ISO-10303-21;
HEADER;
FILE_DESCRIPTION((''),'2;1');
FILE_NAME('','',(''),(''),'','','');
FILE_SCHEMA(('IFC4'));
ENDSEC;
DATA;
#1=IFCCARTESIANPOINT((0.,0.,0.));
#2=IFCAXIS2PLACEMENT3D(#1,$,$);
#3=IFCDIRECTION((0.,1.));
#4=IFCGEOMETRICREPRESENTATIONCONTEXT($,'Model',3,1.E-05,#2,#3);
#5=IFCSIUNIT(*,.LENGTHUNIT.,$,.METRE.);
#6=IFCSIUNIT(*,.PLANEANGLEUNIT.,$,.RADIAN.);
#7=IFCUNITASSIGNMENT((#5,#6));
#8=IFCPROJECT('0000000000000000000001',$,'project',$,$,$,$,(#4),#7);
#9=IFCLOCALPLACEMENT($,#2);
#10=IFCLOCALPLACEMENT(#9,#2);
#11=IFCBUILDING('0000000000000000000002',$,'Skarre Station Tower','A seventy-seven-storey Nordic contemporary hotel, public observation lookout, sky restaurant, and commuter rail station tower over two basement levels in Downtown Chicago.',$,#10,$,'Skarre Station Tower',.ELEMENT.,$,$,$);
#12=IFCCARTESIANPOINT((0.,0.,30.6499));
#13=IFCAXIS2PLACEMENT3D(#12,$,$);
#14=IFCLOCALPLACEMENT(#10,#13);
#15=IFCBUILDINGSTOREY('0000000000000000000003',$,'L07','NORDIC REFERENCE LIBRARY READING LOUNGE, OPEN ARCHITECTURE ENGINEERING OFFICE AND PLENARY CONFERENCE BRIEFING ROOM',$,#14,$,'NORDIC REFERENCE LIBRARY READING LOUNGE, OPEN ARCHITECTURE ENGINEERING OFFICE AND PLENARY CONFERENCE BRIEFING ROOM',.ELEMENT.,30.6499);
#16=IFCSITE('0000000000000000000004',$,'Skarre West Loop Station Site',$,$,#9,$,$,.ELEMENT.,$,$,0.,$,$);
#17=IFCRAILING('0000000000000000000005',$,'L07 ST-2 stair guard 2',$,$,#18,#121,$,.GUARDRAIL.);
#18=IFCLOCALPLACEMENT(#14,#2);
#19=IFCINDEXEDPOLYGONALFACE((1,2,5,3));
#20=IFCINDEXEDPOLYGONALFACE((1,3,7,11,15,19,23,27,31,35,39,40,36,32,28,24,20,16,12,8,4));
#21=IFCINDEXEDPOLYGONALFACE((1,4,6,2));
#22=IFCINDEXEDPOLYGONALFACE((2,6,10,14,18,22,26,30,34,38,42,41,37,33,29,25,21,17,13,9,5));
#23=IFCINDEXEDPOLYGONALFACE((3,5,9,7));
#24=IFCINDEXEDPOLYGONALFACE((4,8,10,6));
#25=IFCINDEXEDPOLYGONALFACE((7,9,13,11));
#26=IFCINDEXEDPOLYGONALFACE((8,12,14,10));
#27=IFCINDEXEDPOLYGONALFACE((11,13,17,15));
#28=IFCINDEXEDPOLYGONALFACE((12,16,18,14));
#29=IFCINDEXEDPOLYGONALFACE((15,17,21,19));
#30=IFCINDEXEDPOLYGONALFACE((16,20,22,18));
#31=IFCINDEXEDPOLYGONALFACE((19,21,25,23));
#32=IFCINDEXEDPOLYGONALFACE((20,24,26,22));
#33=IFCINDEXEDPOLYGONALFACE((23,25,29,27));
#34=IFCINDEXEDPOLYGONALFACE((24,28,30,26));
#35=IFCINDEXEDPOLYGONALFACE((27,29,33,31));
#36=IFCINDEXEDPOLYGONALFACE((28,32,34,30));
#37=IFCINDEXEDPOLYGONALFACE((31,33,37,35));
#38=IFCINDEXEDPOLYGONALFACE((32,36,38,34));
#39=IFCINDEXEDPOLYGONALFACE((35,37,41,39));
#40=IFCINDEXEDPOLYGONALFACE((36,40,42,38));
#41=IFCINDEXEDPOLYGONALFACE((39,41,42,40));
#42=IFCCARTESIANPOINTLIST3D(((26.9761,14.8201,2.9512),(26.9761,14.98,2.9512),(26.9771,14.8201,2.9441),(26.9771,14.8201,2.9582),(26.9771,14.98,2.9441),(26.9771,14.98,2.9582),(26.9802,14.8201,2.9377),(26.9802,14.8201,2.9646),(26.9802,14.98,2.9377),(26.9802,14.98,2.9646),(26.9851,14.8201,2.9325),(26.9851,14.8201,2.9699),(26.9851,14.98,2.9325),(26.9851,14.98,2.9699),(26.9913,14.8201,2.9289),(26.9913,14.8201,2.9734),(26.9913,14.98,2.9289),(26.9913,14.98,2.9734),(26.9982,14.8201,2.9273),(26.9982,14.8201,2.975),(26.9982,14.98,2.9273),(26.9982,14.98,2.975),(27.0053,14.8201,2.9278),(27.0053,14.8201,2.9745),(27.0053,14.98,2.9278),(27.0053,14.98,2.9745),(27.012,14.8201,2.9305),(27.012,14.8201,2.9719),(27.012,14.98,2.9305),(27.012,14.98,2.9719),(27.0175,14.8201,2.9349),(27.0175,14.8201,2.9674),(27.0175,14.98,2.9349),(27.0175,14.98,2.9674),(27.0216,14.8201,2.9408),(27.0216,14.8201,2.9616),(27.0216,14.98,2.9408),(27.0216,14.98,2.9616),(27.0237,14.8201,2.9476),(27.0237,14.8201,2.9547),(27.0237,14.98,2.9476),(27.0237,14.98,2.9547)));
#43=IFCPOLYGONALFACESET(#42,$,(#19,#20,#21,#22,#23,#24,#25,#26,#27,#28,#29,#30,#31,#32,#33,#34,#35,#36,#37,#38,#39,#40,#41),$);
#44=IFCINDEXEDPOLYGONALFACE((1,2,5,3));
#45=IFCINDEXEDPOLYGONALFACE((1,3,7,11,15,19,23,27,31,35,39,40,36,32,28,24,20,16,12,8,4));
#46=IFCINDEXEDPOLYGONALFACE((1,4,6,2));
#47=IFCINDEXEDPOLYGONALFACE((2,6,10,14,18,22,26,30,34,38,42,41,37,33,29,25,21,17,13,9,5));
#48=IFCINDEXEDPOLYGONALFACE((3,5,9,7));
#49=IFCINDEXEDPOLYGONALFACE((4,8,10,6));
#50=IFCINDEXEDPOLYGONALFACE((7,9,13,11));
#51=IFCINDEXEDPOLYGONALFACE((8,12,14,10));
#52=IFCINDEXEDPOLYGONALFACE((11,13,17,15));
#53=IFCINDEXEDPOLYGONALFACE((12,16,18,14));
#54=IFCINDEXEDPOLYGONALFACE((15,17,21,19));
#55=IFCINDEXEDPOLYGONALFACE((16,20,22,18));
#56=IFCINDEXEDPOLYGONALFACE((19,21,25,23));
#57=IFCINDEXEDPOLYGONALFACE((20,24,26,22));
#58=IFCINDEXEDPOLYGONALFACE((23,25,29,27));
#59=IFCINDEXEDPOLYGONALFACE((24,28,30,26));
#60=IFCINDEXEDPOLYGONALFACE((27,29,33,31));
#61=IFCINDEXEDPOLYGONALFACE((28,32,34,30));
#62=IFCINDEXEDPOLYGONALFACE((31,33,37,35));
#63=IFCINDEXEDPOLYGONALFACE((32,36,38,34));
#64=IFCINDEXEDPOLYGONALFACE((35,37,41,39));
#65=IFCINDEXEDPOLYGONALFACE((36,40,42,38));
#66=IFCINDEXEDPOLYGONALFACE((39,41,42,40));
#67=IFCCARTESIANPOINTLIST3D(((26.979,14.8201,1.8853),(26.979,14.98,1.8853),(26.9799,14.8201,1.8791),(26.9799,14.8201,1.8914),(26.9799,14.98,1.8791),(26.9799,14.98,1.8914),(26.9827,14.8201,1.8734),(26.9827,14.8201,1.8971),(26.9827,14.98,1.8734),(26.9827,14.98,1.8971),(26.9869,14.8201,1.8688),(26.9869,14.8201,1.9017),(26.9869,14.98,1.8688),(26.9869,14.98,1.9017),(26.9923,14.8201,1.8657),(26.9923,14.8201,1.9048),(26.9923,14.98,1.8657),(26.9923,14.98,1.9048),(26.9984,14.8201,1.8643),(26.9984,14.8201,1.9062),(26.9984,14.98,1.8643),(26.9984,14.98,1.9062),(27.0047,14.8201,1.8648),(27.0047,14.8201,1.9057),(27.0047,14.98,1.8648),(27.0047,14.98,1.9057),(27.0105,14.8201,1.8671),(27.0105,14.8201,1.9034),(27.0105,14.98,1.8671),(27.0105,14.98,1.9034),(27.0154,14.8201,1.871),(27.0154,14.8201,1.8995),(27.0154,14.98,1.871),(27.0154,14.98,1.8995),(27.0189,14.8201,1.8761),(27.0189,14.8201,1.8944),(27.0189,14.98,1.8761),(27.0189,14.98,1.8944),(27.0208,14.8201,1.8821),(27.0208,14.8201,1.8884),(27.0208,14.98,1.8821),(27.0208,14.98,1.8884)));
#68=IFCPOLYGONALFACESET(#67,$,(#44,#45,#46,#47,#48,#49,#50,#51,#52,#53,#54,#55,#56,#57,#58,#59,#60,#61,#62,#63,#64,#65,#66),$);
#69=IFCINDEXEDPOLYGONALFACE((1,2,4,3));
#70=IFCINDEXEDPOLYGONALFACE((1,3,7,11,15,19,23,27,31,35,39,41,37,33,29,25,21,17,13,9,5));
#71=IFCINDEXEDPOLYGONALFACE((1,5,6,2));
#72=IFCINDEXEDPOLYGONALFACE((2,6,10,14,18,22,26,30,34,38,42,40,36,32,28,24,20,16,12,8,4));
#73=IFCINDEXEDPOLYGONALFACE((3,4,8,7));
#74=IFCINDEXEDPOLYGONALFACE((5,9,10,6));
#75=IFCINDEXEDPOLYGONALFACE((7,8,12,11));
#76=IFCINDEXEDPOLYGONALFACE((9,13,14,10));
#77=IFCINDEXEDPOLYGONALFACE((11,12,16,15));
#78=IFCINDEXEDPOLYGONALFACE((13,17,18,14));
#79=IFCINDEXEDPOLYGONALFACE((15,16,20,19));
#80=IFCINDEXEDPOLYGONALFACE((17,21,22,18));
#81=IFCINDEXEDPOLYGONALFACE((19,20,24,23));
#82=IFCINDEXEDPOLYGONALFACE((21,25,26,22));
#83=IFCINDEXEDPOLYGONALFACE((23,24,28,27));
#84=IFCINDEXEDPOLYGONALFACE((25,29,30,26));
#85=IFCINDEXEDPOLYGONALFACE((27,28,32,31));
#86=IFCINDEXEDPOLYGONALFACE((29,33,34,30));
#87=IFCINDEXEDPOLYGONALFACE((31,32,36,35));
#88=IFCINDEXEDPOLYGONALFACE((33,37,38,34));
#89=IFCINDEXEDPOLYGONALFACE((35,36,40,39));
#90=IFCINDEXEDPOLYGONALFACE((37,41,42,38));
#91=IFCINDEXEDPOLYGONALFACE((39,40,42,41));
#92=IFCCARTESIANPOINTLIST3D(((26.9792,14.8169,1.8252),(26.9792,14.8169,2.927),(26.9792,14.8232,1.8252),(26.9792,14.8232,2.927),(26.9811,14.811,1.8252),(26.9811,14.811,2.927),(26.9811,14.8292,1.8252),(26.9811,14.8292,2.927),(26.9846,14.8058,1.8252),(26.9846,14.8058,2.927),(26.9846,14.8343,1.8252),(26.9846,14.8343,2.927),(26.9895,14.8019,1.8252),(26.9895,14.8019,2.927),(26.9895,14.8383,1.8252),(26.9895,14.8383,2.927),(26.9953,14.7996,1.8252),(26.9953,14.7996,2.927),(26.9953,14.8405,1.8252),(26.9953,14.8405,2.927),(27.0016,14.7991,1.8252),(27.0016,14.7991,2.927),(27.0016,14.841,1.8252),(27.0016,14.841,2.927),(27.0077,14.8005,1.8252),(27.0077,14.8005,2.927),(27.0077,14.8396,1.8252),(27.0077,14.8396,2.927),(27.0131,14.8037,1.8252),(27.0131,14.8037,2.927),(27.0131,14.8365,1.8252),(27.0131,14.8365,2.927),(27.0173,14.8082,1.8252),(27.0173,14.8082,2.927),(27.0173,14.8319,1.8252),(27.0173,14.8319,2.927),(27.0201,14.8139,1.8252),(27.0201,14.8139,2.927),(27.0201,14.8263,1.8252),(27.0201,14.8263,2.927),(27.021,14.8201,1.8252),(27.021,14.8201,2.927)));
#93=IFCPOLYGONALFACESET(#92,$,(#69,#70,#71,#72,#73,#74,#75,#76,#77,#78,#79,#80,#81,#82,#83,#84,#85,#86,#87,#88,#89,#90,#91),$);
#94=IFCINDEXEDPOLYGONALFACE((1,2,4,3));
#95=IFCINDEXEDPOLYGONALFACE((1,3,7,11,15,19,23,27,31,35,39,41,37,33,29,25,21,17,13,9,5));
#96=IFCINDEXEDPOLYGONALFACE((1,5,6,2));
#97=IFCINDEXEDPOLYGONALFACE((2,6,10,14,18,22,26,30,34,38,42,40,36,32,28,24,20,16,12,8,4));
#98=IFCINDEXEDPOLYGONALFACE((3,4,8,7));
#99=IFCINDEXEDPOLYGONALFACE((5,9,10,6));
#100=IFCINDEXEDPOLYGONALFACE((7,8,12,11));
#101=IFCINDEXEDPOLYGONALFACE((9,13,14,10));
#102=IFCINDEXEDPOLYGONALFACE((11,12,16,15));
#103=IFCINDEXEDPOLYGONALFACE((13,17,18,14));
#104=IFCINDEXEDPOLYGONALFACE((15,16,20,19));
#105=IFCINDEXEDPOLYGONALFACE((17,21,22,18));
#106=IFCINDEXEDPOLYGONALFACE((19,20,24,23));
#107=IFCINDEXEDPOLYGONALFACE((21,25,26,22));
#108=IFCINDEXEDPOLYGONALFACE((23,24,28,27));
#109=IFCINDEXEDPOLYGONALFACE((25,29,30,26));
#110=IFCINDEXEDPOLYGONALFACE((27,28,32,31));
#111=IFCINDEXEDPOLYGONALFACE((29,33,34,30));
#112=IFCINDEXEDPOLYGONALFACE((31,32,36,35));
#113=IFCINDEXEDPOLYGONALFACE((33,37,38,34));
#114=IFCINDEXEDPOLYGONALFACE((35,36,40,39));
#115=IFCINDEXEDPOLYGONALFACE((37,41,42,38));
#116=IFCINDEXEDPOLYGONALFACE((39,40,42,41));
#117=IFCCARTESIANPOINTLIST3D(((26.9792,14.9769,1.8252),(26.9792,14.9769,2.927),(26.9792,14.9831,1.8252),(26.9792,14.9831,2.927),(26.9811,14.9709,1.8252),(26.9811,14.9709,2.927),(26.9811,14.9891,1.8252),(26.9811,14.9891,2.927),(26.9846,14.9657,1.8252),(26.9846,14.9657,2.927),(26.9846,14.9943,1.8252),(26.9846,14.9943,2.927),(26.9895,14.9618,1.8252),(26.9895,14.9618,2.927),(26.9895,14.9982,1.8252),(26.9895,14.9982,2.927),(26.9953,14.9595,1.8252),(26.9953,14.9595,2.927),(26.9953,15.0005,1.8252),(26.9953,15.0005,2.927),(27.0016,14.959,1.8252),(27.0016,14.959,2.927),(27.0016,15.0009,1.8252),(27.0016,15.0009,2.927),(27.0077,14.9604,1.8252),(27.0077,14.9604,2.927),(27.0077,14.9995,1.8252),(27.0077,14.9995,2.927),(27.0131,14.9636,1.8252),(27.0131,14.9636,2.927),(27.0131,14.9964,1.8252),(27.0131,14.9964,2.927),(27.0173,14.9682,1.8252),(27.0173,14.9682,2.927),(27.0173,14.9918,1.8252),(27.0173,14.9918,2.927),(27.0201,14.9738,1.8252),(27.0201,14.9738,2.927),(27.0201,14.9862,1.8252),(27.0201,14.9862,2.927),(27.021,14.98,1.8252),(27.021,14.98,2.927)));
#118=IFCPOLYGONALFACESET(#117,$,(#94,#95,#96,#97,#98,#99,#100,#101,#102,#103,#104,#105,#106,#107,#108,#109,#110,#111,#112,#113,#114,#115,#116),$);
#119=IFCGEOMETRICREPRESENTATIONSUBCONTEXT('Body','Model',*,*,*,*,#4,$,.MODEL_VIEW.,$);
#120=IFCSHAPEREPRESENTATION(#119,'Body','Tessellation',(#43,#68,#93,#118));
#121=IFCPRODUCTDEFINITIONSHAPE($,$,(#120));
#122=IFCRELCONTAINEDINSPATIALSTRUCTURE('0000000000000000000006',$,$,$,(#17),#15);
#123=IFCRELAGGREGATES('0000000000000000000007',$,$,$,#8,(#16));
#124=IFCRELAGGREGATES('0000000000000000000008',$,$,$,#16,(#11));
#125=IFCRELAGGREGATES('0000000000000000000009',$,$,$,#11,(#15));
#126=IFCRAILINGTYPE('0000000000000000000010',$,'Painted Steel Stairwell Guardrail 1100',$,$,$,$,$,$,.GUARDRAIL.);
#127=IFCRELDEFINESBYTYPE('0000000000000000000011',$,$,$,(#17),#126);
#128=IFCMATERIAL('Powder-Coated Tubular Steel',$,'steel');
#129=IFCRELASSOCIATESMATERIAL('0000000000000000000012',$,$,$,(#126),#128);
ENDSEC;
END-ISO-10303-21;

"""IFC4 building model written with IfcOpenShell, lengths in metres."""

from ifc_helpers import new_model, si_unit, direction, frame, origin, origin_2d, place, context, subcontext, project, spatial, circle, extrude, material, type_object, element, save


model = new_model("IFC4")

# Units and contexts
model_context = context("Model", 3, precision=1e-05, world=origin(), true_north=direction((0.0, 1.0)))
body_context = subcontext(model_context, "Body", "Model", "MODEL_VIEW")
ifc_project = project(units=[si_unit("LENGTHUNIT", "METRE"), si_unit("PLANEANGLEUNIT", "RADIAN")], contexts=[model_context])

# Site, building, storey
site_placement = place(None, origin())
site = spatial("IfcSite", under=ifc_project, at=site_placement, Name="Skarre West Loop Station Site", CompositionType="ELEMENT", RefElevation=0.0)
building_placement = place(site_placement, origin())
building = spatial("IfcBuilding", under=site, at=building_placement, Name="Skarre Station Tower", Description="A seventy-seven-storey Nordic contemporary hotel, public observation lookout, sky restaurant, and commuter rail station tower over two basement levels in Downtown Chicago.", LongName="Skarre Station Tower", CompositionType="ELEMENT")
storey_placement = place(building_placement, frame((0.0, 0.0, 30.6499)))
storey = spatial("IfcBuildingStorey", under=building, at=storey_placement, Name="L07", Description="NORDIC REFERENCE LIBRARY READING LOUNGE, OPEN ARCHITECTURE ENGINEERING OFFICE AND PLENARY CONFERENCE BRIEFING ROOM", LongName="NORDIC REFERENCE LIBRARY READING LOUNGE, OPEN ARCHITECTURE ENGINEERING OFFICE AND PLENARY CONFERENCE BRIEFING ROOM", CompositionType="ELEMENT", Elevation=30.6499)

# Railing
ifc_material_1 = material(Name="Powder-Coated Tubular Steel", Category="steel")
railing_type_1 = type_object("IfcRailingType", Name="Painted Steel Stairwell Guardrail 1100", PredefinedType="GUARDRAIL", material=ifc_material_1)
railing_1_placement = place(storey_placement, frame((27.0, 14.8201, 1.8252)))
element("IfcRailing", 1, at=railing_1_placement, inside=storey, type_object=railing_type_1, Name="L07 ST-2 stair guard 2", PredefinedType="GUARDRAIL", context=body_context, shape_type="SweptSolid", body=[
    extrude(circle(Radius=0.0239, at=origin_2d()), frame((0.0, 0.0, 1.126), z_axis=(0.0, 1.0, 0.0), x_axis=(-1.0, 0.0, 0.0)), (0.0, 0.0, 1.0), 0.1599),
    extrude(circle(Radius=0.021, at=origin_2d()), frame((0.0, 0.0, 0.0601), z_axis=(0.0, 1.0, 0.0), x_axis=(-1.0, 0.0, 0.0)), (0.0, 0.0, 1.0), 0.1599),
    extrude(circle(Radius=0.021, at=origin_2d()), origin(), (0.0, 0.0, 1.0), 1.1018),
    extrude(circle(Radius=0.021, at=origin_2d()), frame((0.0, 0.1599, 0.0)), (0.0, 0.0, 1.0), 1.1018),
])

save(model, "model.ifc")
